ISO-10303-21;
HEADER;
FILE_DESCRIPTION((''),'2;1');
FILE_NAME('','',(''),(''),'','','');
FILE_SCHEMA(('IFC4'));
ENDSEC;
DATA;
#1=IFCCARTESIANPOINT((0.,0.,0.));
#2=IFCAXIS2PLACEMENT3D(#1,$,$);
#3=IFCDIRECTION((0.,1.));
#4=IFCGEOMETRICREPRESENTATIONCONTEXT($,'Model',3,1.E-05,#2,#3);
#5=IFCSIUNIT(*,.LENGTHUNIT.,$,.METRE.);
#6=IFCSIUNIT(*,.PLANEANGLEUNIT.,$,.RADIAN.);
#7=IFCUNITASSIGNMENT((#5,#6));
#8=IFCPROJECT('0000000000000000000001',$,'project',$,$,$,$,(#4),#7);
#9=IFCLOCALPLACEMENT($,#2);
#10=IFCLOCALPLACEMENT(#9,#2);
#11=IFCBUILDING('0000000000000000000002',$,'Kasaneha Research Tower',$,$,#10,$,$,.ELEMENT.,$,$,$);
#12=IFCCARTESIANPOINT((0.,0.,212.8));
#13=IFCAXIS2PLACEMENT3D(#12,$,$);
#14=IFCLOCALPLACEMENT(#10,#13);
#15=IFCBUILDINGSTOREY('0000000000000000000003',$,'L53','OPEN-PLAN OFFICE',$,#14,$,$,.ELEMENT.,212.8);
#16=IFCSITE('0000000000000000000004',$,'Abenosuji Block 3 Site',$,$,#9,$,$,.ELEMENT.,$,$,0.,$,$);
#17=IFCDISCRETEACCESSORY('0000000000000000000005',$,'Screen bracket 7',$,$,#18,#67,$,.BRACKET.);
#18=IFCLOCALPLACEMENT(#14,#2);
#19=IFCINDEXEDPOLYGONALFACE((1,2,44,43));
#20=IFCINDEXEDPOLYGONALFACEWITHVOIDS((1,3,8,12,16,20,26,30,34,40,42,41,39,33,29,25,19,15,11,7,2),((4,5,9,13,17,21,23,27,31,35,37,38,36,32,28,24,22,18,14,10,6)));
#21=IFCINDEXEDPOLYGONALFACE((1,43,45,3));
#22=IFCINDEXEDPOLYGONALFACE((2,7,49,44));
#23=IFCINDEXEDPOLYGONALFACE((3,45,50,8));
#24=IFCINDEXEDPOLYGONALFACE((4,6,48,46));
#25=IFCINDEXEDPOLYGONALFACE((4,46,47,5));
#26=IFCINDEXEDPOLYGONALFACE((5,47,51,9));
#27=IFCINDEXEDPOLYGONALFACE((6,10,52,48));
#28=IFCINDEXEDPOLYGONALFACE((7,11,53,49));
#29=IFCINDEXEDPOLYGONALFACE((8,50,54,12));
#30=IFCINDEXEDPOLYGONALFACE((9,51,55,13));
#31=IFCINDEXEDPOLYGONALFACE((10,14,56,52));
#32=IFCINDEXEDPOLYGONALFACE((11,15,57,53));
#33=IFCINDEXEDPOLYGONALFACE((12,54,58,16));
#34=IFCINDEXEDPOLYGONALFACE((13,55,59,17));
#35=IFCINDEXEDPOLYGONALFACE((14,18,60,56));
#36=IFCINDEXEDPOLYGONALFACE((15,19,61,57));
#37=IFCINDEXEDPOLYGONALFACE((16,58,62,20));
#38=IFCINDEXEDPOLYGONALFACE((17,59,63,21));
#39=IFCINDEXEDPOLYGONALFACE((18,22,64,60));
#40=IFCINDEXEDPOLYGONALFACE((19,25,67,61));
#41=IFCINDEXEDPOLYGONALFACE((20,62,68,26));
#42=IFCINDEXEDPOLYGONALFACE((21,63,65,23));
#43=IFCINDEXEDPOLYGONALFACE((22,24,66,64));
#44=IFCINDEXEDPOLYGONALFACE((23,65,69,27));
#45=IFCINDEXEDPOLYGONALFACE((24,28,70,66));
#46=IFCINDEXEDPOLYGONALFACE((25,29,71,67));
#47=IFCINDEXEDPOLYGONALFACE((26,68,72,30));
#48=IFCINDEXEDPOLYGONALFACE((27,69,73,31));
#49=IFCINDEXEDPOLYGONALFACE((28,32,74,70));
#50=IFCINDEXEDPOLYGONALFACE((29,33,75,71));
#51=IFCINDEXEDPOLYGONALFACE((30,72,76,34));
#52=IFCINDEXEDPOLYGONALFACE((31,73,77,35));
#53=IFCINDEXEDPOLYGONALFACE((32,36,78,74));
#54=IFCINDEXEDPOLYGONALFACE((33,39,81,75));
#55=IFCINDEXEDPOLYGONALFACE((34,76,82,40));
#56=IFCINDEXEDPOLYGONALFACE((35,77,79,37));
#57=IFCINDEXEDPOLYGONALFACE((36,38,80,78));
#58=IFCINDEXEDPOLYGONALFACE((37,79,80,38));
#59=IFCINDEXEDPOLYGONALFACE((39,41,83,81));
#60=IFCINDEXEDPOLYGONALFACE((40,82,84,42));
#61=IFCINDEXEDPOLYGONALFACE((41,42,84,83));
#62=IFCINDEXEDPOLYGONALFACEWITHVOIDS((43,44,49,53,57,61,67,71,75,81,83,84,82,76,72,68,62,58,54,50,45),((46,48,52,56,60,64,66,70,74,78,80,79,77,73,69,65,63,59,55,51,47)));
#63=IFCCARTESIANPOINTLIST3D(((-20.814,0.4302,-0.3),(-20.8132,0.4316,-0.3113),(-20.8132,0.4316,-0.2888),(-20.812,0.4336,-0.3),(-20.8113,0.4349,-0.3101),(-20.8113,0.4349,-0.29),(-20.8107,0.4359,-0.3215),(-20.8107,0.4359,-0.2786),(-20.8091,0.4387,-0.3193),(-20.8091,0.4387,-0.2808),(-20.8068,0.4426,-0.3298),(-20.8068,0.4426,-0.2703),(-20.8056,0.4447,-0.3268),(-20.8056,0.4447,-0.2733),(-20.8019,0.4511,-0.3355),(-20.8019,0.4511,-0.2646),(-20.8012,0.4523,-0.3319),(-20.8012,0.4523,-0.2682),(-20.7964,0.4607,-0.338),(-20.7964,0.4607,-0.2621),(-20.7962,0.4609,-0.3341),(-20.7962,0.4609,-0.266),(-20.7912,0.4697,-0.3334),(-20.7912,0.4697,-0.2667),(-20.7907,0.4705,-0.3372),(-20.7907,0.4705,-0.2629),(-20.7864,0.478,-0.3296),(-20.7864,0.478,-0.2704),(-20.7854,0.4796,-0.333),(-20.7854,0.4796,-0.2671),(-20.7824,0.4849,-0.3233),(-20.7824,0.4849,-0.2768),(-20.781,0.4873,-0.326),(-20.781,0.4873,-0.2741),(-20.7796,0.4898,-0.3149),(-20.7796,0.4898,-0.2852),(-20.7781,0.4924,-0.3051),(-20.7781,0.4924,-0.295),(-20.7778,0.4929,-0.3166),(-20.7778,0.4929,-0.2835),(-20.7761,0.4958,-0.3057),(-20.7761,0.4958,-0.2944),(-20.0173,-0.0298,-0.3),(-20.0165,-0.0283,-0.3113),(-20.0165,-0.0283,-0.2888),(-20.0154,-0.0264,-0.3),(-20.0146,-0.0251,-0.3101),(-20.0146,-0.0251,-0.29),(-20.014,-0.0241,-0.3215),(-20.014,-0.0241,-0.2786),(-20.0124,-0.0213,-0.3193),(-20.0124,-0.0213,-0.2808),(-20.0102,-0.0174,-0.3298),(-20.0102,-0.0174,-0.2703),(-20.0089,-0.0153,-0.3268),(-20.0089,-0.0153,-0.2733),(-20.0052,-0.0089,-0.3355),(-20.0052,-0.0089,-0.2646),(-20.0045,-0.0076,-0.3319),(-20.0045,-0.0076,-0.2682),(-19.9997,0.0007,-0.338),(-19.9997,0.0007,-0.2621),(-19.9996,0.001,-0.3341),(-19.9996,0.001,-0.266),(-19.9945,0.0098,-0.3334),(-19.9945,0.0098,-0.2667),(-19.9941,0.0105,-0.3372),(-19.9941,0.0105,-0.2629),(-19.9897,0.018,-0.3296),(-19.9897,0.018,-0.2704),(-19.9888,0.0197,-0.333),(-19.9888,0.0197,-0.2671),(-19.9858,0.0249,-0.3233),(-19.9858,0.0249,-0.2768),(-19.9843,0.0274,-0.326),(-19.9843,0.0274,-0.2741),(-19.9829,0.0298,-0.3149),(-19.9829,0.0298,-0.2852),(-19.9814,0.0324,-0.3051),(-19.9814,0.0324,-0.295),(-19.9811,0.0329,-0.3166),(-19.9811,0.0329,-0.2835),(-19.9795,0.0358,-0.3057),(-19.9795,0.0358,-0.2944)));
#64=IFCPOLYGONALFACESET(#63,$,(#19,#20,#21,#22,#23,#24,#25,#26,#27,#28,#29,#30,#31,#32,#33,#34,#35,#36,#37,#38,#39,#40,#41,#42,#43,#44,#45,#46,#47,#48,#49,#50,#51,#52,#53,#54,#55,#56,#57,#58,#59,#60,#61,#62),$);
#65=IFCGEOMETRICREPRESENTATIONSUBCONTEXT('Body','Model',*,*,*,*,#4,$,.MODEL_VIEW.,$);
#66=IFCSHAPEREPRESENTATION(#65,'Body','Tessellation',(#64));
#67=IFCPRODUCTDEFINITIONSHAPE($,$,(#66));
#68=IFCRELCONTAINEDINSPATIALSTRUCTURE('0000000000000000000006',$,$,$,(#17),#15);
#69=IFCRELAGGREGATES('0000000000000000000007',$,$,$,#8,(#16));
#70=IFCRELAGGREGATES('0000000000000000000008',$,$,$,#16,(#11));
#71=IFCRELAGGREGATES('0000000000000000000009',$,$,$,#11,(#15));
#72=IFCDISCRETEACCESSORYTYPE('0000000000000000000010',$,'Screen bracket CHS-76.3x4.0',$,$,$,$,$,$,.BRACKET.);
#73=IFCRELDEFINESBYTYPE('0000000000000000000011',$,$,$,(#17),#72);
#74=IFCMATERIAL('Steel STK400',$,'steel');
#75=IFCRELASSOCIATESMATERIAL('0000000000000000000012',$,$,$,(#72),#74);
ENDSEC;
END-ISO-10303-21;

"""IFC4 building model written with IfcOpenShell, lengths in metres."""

from ifc_helpers import new_model, si_unit, direction, frame, origin, origin_2d, place, context, subcontext, project, spatial, hollow_circle, extrude, material, material_profile, profile_set, type_object, element, save


model = new_model("IFC4")

# Units and contexts
model_context = context("Model", 3, precision=1e-05, world=origin(), true_north=direction((0.0, 1.0)))
body_context = subcontext(model_context, "Body", "Model", "MODEL_VIEW")
ifc_project = project(units=[si_unit("LENGTHUNIT", "METRE"), si_unit("PLANEANGLEUNIT", "RADIAN")], contexts=[model_context])

# Site, building, storey
site_placement = place(None, origin())
site = spatial("IfcSite", under=ifc_project, at=site_placement, Name="Abenosuji Block 3 Site", CompositionType="ELEMENT", RefElevation=0.0)
building_placement = place(site_placement, origin())
building = spatial("IfcBuilding", under=site, at=building_placement, Name="Kasaneha Research Tower", CompositionType="ELEMENT")
storey_placement = place(building_placement, frame((0.0, 0.0, 212.8)))
storey = spatial("IfcBuildingStorey", under=building, at=storey_placement, Name="L53", Description="OPEN-PLAN OFFICE", CompositionType="ELEMENT", Elevation=212.8)

# Discrete accessory
ifc_material_1 = material(Name="Steel STK400", Category="steel")
ifc_material_profile_1 = material_profile(ifc_material_1, hollow_circle(Radius=0.0381, WallThickness=0.0039, at=origin_2d()), Name="CHS-76.3x4.0")
ifc_profile_set_1 = profile_set([ifc_material_profile_1], Name="Steel STK400")
discrete_accessory_type = type_object("IfcDiscreteAccessoryType", Name="Screen bracket CHS-76.3x4.0", PredefinedType="BRACKET", material=ifc_profile_set_1)
discrete_accessory_1_placement = place(storey_placement, frame((-19.9983, 0.0032, -0.3), z_axis=(-0.866013, 0.500021, 0.0), x_axis=(-0.500021, -0.866013, 0.0)))
element("IfcDiscreteAccessory", 1, at=discrete_accessory_1_placement, inside=storey, type_object=discrete_accessory_type, Name="Screen bracket 7", PredefinedType="BRACKET", context=body_context, shape_type="SweptSolid", body=[
    extrude(hollow_circle(Radius=0.0381, WallThickness=0.0039, at=origin_2d()), origin(), (0.0, 0.0, 1.0), 0.9199),
])

save(model, "model.ifc")
